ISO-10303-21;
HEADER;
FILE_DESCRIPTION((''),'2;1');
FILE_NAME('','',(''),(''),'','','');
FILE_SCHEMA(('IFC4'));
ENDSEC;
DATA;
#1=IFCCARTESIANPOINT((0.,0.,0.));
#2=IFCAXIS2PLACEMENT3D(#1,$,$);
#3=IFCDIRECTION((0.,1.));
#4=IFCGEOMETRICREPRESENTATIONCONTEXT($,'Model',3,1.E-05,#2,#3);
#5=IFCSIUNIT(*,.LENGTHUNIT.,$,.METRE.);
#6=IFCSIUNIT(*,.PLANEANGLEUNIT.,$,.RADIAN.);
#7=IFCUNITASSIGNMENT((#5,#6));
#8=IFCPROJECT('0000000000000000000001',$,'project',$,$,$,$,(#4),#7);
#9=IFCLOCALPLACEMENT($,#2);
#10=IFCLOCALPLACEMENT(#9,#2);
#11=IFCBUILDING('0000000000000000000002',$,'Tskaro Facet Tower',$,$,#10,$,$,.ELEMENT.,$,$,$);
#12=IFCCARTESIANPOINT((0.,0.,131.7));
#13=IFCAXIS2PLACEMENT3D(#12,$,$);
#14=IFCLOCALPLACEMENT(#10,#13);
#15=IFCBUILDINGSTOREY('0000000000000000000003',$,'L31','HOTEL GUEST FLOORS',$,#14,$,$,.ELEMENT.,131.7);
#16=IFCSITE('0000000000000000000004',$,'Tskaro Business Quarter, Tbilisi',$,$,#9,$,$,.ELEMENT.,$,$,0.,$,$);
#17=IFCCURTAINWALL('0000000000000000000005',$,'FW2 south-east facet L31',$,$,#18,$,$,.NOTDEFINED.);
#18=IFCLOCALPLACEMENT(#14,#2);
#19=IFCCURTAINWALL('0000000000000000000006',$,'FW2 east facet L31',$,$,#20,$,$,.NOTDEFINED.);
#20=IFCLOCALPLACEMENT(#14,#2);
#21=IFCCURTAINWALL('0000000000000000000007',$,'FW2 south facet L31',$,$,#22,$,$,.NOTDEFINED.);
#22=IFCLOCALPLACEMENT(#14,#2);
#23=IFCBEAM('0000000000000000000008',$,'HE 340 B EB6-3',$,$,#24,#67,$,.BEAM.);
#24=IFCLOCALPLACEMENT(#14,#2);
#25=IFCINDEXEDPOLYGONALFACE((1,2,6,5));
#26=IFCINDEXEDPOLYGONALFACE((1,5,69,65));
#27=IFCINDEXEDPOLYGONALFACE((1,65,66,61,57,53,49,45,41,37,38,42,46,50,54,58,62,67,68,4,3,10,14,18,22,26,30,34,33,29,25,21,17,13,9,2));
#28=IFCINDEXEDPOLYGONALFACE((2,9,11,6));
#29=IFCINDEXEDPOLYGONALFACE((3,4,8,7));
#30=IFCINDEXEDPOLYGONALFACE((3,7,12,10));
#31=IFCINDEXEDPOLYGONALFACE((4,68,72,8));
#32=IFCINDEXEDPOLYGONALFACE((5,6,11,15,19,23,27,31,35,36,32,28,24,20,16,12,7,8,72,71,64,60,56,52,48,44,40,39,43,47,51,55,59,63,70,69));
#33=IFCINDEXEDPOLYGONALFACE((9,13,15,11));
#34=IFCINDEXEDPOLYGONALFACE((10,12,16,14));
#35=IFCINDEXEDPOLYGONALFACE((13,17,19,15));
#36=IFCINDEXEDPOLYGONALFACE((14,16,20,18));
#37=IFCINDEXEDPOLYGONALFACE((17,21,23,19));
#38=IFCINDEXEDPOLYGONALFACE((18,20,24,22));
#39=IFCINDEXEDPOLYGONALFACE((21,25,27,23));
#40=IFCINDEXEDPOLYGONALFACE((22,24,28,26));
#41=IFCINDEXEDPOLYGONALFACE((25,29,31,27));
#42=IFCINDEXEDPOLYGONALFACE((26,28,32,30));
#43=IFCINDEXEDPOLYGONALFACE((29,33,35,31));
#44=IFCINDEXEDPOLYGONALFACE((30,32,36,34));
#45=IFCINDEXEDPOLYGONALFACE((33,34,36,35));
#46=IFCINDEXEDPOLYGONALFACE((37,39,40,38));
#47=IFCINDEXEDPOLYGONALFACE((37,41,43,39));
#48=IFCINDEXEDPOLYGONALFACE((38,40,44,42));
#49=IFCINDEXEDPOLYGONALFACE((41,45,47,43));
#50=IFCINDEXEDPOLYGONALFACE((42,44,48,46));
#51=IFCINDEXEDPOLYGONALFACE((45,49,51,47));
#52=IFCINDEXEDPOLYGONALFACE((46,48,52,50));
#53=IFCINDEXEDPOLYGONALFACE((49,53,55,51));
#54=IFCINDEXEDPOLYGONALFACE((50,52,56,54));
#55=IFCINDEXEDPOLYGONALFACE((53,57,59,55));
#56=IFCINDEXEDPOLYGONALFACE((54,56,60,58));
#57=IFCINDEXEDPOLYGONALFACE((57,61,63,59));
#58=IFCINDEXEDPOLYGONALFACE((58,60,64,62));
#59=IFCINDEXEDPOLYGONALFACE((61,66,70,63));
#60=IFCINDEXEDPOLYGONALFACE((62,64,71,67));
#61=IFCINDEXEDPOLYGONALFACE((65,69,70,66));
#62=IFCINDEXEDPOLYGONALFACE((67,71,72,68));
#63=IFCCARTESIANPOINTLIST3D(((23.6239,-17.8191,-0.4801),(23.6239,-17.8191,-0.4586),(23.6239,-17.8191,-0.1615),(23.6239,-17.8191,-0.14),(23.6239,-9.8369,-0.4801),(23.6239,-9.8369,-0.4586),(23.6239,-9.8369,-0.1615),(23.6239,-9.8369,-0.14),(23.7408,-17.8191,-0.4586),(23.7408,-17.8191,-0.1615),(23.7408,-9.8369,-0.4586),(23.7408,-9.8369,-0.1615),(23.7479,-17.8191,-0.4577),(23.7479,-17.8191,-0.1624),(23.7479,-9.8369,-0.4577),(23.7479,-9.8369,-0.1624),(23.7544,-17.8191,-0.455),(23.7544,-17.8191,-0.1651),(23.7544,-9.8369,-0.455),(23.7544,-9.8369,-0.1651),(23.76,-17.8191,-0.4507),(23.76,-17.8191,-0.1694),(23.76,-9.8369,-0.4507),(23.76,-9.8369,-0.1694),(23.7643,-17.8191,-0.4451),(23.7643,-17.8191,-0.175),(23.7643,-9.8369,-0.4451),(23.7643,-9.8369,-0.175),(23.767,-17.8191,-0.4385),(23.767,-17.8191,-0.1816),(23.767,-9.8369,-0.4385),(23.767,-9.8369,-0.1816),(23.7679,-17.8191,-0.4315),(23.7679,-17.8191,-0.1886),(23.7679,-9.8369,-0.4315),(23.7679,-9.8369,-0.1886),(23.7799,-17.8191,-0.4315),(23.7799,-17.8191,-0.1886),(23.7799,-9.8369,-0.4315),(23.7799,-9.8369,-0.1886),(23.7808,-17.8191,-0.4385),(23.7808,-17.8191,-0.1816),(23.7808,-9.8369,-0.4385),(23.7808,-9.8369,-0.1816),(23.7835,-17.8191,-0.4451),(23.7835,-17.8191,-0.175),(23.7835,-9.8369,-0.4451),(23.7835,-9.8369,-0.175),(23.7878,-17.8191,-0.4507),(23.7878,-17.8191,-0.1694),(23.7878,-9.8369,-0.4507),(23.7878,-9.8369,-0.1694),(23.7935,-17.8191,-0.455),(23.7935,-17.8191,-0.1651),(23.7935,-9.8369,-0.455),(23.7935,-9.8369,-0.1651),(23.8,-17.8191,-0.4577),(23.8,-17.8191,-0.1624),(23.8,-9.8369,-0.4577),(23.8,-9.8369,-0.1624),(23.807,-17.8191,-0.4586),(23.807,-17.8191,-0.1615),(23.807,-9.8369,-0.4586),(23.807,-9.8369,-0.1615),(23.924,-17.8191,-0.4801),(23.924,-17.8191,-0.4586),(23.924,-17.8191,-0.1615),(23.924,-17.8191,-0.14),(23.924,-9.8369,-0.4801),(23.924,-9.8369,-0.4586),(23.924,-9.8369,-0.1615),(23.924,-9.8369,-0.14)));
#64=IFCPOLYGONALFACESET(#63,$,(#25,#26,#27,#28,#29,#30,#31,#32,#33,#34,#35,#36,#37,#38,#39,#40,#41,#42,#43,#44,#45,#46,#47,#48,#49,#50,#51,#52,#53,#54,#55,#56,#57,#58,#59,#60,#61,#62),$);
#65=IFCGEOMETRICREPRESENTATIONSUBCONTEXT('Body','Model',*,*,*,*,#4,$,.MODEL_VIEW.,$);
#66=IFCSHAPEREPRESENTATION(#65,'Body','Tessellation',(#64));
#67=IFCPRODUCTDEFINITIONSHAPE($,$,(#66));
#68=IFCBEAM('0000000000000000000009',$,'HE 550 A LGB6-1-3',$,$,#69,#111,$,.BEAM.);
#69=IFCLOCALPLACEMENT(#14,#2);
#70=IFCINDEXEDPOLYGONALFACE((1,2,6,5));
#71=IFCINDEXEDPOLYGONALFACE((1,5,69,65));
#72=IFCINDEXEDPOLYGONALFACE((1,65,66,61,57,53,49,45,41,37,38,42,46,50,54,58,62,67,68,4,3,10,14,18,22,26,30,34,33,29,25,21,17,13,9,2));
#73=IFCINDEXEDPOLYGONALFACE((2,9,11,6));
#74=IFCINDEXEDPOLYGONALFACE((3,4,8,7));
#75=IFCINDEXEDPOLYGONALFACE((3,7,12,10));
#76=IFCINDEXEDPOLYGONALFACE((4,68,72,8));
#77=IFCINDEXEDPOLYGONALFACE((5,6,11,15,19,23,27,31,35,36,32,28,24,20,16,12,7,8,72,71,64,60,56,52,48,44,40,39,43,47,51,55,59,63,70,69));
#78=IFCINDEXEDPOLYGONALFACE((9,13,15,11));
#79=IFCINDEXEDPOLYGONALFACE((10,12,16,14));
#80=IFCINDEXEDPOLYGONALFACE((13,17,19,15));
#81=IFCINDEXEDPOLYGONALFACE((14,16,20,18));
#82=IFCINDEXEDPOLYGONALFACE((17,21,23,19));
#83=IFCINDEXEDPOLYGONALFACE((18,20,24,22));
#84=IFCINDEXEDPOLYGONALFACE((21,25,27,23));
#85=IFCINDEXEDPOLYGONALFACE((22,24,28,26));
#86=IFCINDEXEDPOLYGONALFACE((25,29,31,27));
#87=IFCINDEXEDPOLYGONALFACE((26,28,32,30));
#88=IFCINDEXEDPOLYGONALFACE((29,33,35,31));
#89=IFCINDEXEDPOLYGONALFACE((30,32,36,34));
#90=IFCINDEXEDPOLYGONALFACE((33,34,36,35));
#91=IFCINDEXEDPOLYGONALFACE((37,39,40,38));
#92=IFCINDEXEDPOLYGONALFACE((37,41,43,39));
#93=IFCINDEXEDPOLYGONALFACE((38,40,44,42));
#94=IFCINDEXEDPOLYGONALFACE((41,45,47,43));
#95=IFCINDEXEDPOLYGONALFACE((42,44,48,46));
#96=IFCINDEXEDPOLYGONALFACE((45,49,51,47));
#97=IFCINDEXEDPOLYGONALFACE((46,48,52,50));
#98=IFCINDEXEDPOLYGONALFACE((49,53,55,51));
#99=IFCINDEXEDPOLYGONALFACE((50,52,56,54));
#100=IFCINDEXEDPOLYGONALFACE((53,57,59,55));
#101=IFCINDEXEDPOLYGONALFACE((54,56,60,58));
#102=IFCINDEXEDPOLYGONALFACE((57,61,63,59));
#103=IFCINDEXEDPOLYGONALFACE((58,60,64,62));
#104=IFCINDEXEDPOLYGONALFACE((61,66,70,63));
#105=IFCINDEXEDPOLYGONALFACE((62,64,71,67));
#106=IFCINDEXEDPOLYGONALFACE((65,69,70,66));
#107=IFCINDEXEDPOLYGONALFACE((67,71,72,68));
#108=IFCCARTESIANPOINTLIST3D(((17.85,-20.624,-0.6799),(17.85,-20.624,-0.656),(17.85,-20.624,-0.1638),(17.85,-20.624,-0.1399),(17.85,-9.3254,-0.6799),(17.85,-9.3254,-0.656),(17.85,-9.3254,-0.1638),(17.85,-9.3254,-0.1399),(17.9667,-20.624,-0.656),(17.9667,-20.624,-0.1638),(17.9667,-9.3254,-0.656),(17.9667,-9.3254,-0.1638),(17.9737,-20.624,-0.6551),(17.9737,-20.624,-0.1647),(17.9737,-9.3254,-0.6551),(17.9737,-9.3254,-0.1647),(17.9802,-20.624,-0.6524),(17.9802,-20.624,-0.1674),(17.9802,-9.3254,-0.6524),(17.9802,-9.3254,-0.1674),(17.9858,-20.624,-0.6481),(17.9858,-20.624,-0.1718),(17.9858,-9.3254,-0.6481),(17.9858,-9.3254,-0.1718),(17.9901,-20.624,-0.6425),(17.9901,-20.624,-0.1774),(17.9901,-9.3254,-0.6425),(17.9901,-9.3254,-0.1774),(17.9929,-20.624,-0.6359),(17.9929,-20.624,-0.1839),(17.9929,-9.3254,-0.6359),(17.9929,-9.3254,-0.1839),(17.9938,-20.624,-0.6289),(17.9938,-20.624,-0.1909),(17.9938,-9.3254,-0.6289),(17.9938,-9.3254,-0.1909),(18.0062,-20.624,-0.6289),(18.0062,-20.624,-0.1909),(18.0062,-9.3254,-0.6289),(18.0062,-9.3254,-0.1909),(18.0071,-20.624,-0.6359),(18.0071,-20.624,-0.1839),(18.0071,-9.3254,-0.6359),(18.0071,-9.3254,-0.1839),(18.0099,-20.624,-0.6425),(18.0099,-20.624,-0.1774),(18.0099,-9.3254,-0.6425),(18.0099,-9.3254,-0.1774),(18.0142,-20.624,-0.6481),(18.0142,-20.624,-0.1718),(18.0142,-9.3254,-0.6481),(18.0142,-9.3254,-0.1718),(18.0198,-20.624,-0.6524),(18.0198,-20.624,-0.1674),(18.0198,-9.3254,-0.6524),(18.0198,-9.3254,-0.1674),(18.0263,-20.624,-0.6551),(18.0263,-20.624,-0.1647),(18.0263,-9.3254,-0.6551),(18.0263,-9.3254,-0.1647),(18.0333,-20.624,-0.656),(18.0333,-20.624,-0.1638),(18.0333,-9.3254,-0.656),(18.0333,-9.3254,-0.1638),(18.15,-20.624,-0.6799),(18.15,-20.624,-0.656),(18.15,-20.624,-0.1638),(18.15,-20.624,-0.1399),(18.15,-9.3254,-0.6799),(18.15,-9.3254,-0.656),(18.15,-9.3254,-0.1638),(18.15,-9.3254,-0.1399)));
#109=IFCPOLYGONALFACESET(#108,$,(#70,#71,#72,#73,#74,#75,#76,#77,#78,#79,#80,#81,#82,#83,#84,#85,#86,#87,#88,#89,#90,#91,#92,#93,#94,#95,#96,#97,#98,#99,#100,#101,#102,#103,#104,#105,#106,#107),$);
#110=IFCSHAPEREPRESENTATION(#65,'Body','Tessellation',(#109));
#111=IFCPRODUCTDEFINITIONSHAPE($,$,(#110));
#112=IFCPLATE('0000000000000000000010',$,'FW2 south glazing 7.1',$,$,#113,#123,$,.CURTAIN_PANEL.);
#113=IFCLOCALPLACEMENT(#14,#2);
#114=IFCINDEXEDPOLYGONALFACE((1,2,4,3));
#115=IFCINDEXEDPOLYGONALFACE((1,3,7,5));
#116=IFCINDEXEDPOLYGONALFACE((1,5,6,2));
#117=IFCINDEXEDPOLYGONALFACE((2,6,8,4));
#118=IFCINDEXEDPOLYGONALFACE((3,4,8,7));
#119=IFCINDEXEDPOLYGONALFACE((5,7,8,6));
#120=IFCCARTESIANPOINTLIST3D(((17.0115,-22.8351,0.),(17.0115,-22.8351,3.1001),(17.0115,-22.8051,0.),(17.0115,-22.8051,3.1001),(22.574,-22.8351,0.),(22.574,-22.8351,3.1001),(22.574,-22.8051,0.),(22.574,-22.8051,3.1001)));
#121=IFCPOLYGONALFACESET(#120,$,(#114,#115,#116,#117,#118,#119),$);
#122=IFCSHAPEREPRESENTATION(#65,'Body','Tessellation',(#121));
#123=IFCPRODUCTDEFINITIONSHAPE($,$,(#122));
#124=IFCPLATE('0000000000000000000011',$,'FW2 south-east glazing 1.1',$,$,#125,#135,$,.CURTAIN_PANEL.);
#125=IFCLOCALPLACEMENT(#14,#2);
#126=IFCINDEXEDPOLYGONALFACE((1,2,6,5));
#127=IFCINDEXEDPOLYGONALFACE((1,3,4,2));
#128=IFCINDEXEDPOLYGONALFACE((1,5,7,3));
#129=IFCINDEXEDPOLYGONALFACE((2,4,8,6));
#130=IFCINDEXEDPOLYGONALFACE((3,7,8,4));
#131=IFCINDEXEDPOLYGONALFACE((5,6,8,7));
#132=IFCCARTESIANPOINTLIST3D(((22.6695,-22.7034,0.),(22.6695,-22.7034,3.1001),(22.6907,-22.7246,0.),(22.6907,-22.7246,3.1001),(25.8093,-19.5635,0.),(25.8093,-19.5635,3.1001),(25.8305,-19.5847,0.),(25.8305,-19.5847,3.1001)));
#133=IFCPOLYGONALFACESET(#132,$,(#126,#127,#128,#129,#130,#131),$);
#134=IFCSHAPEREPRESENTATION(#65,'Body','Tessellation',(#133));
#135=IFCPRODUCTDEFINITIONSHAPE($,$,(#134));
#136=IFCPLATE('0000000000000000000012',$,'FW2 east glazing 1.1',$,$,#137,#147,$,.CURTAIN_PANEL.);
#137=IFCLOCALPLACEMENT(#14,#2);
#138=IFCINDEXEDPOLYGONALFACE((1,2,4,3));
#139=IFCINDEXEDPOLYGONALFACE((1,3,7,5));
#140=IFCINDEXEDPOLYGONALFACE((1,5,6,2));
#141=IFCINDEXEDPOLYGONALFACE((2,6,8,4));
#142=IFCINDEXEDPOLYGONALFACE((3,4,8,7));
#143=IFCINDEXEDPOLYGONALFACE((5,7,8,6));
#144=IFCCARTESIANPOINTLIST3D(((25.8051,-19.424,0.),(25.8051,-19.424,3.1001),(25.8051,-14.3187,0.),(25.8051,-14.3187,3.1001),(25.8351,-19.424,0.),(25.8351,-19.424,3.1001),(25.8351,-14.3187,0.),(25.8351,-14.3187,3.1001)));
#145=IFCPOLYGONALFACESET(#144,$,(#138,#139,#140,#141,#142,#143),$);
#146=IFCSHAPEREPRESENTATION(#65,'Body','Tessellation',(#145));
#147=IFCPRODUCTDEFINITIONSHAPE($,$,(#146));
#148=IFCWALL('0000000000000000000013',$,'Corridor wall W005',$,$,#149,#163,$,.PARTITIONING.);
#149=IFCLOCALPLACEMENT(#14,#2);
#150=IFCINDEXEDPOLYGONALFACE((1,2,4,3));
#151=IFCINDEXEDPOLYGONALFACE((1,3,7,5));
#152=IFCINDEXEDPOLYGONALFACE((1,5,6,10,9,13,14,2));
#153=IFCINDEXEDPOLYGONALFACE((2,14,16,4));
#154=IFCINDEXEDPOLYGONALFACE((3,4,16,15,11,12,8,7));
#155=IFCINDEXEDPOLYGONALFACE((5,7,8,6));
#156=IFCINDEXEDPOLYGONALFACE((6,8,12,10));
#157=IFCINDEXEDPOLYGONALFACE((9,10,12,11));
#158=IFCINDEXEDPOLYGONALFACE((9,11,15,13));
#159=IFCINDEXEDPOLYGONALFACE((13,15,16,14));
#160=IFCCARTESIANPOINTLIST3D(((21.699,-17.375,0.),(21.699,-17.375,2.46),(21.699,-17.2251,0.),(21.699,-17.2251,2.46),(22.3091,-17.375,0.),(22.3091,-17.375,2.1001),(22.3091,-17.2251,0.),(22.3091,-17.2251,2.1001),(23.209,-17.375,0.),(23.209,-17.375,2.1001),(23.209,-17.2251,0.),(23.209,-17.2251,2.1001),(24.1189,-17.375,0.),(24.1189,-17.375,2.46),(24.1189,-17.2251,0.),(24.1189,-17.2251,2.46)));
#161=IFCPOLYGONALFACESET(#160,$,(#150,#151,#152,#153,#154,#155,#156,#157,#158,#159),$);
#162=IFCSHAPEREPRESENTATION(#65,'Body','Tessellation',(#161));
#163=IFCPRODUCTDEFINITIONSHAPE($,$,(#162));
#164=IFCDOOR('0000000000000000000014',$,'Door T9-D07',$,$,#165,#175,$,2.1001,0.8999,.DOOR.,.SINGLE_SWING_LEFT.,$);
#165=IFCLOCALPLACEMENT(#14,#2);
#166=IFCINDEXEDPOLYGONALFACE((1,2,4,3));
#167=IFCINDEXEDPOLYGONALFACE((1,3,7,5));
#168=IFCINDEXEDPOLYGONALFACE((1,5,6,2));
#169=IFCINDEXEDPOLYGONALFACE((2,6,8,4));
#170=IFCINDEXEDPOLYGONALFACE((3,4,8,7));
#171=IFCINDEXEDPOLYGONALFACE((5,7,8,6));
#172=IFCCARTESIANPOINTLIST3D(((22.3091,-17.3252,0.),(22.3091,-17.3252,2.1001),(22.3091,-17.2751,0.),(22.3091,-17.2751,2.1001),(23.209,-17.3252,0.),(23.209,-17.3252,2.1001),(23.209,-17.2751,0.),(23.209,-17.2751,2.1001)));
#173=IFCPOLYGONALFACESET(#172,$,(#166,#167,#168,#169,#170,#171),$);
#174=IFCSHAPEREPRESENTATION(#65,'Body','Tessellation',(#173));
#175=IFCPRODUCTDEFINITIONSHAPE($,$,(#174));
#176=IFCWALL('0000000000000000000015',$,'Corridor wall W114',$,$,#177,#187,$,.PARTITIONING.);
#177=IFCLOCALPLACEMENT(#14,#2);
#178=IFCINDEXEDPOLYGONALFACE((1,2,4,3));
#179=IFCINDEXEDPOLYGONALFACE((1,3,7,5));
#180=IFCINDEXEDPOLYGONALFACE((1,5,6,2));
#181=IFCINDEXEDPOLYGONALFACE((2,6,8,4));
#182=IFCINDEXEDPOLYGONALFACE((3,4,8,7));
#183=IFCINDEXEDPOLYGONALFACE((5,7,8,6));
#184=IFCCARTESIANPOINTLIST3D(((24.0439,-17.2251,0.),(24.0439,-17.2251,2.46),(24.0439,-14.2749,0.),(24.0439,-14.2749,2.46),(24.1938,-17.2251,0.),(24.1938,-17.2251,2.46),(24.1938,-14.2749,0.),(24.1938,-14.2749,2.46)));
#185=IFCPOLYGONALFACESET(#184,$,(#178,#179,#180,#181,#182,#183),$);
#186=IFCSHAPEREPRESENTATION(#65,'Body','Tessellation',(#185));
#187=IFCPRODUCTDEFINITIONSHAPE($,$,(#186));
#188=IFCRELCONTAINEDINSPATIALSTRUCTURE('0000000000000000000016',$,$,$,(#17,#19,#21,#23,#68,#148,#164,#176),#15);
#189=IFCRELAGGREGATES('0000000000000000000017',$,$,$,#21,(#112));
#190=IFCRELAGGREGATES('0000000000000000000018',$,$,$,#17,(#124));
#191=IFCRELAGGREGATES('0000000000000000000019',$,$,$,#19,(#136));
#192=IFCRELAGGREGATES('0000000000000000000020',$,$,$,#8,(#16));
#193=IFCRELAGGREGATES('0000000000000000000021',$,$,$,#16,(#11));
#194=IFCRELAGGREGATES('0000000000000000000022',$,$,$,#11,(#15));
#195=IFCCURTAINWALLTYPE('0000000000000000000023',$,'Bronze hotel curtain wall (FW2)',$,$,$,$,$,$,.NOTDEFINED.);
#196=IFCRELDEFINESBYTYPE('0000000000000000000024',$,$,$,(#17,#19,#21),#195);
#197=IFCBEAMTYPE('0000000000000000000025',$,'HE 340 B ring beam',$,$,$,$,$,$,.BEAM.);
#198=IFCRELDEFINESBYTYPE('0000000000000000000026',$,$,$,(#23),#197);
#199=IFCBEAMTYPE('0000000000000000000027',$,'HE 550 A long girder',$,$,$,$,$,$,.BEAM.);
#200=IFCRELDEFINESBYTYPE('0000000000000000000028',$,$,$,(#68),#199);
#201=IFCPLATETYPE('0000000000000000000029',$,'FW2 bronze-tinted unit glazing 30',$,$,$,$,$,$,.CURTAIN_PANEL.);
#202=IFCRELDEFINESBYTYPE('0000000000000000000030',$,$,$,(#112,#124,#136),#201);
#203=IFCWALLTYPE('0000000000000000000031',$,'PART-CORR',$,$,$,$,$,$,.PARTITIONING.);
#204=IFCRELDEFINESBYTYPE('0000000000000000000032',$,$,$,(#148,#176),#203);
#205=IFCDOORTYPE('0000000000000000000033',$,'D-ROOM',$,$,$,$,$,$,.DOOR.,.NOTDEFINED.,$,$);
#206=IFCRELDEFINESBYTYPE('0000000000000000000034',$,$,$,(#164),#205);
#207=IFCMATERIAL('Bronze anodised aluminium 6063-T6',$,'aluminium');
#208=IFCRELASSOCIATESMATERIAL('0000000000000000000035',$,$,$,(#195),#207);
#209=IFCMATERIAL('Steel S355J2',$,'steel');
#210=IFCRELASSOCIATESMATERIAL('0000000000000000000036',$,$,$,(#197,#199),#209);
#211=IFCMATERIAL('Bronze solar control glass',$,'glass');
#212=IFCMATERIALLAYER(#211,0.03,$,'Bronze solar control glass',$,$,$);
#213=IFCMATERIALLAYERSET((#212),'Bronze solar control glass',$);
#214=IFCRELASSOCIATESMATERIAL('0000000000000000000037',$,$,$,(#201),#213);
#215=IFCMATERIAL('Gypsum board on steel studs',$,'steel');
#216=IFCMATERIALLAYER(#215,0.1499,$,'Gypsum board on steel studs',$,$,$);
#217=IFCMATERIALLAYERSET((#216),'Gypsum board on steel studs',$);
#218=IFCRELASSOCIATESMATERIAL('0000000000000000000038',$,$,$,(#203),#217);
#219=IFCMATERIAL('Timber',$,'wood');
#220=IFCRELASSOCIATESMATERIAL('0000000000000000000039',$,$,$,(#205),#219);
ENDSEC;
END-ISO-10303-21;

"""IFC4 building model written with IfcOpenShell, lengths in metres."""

from ifc_helpers import new_model, si_unit, direction, frame, frame_2d, origin, origin_2d, place, context, subcontext, project, spatial, rectangle, i_section, extrude, material, layer, layer_set, material_profile, profile_set, type_object, element, fill, aggregate, save


model = new_model("IFC4")

# Units and contexts
model_context = context("Model", 3, precision=1e-05, world=origin(), true_north=direction((0.0, 1.0)))
body_context = subcontext(model_context, "Body", "Model", "MODEL_VIEW")
ifc_project = project(units=[si_unit("LENGTHUNIT", "METRE"), si_unit("PLANEANGLEUNIT", "RADIAN")], contexts=[model_context])

# Site, building, storey
site_placement = place(None, origin())
site = spatial("IfcSite", under=ifc_project, at=site_placement, Name="Tskaro Business Quarter, Tbilisi", CompositionType="ELEMENT", RefElevation=0.0)
building_placement = place(site_placement, origin())
building = spatial("IfcBuilding", under=site, at=building_placement, Name="Tskaro Facet Tower", CompositionType="ELEMENT")
storey_placement = place(building_placement, frame((0.0, 0.0, 131.7)))
storey = spatial("IfcBuildingStorey", under=building, at=storey_placement, Name="L31", Description="HOTEL GUEST FLOORS", CompositionType="ELEMENT", Elevation=131.7)

# Curtain walls
ifc_material_1 = material(Name="Bronze anodised aluminium 6063-T6", Category="aluminium")
curtain_wall_type = type_object("IfcCurtainWallType", Name="Bronze hotel curtain wall (FW2)", PredefinedType="NOTDEFINED", material=ifc_material_1)
curtain_wall_1_placement = place(storey_placement, origin())
curtain_wall_1 = element("IfcCurtainWall", 1, at=curtain_wall_1_placement, inside=storey, type_object=curtain_wall_type, Name="FW2 south-east facet L31", PredefinedType="NOTDEFINED")
curtain_wall_2_placement = place(storey_placement, origin())
curtain_wall_2 = element("IfcCurtainWall", 2, at=curtain_wall_2_placement, inside=storey, type_object=curtain_wall_type, Name="FW2 east facet L31", PredefinedType="NOTDEFINED")
curtain_wall_3_placement = place(storey_placement, origin())
curtain_wall_3 = element("IfcCurtainWall", 3, at=curtain_wall_3_placement, inside=storey, type_object=curtain_wall_type, Name="FW2 south facet L31", PredefinedType="NOTDEFINED")

# Beams
ifc_material_2 = material(Name="Steel S355J2", Category="steel")
ifc_material_profile_1 = material_profile(ifc_material_2, i_section(OverallWidth=0.3, OverallDepth=0.3401, WebThickness=0.012, FlangeThickness=0.0215, FilletRadius=0.0271, at=origin_2d()), Name="HE 340 B")
ifc_profile_set_1 = profile_set([ifc_material_profile_1], Name="Steel S355J2")
beam_type_1 = type_object("IfcBeamType", Name="HE 340 B ring beam", PredefinedType="BEAM", material=ifc_profile_set_1)
beam_1_placement = place(storey_placement, frame((23.7739, -17.8191, -0.3101), z_axis=(0.0, 1.0, 0.0), x_axis=(-1.0, 0.0, 0.0)))
element("IfcBeam", 4, at=beam_1_placement, inside=storey, type_object=beam_type_1, Name="HE 340 B EB6-3", PredefinedType="BEAM", context=body_context, shape_type="SweptSolid", body=[
    extrude(i_section(OverallWidth=0.3, OverallDepth=0.3401, WebThickness=0.012, FlangeThickness=0.0215, FilletRadius=0.0271, at=origin_2d()), origin(), (0.0, 0.0, 1.0), 7.9822),
])
ifc_material_profile_2 = material_profile(ifc_material_2, i_section(OverallWidth=0.3, OverallDepth=0.54, WebThickness=0.0125, FlangeThickness=0.0239, FilletRadius=0.0271, at=origin_2d()), Name="HE 550 A")
ifc_profile_set_2 = profile_set([ifc_material_profile_2], Name="Steel S355J2")
beam_type_2 = type_object("IfcBeamType", Name="HE 550 A long girder", PredefinedType="BEAM", material=ifc_profile_set_2)
beam_2_placement = place(storey_placement, frame((18.0, -20.624, -0.4099), z_axis=(0.0, 1.0, 0.0), x_axis=(-1.0, 0.0, 0.0)))
element("IfcBeam", 5, at=beam_2_placement, inside=storey, type_object=beam_type_2, Name="HE 550 A LGB6-1-3", PredefinedType="BEAM", context=body_context, shape_type="SweptSolid", body=[
    extrude(i_section(OverallWidth=0.3, OverallDepth=0.54, WebThickness=0.0125, FlangeThickness=0.0239, FilletRadius=0.0271, at=origin_2d()), origin(), (0.0, 0.0, 1.0), 11.2986),
])

# Plates
ifc_material_3 = material(Name="Bronze solar control glass", Category="glass")
ifc_layer_1 = layer(ifc_material_3, 0.03, Name="Bronze solar control glass")
ifc_layer_set_1 = layer_set([ifc_layer_1], Name="Bronze solar control glass")
plate_type = type_object("IfcPlateType", Name="FW2 bronze-tinted unit glazing 30", PredefinedType="CURTAIN_PANEL", material=ifc_layer_set_1)
plate_1_placement = place(storey_placement, frame((19.7927, -22.8201, 0.0), z_axis=(0.0, 0.0, 1.0), x_axis=(1.0, 0.0, 0.0)))
plate_1 = element("IfcPlate", 6, at=plate_1_placement, type_object=plate_type, Name="FW2 south glazing 7.1", PredefinedType="CURTAIN_PANEL", context=body_context, shape_type="SweptSolid", body=[
    extrude(rectangle(XDim=5.5625, YDim=0.03, at=origin_2d()), origin(), (0.0, 0.0, 1.0), 3.1001),
])
aggregate(curtain_wall_3, [plate_1])
plate_2_placement = place(storey_placement, frame((24.25, -21.144, 0.0), z_axis=(0.0, 0.0, 1.0), x_axis=(0.707107, 0.707107, 0.0)))
plate_2 = element("IfcPlate", 7, at=plate_2_placement, type_object=plate_type, Name="FW2 south-east glazing 1.1", PredefinedType="CURTAIN_PANEL", context=body_context, shape_type="SweptSolid", body=[
    extrude(rectangle(XDim=4.4404, YDim=0.03, at=origin_2d()), origin(), (0.0, 0.0, 1.0), 3.1001),
])
aggregate(curtain_wall_1, [plate_2])
plate_3_placement = place(storey_placement, frame((25.8201, -16.8713, 0.0), z_axis=(0.0, 0.0, 1.0), x_axis=(0.0, 1.0, 0.0)))
plate_3 = element("IfcPlate", 8, at=plate_3_placement, type_object=plate_type, Name="FW2 east glazing 1.1", PredefinedType="CURTAIN_PANEL", context=body_context, shape_type="SweptSolid", body=[
    extrude(rectangle(XDim=5.1052, YDim=0.03, at=origin_2d()), origin(), (0.0, 0.0, 1.0), 3.1001),
])
aggregate(curtain_wall_2, [plate_3])

# Wall, opening, door
ifc_material_4 = material(Name="Gypsum board on steel studs", Category="steel")
ifc_layer_2 = layer(ifc_material_4, 0.1499, Name="Gypsum board on steel studs")
ifc_layer_set_2 = layer_set([ifc_layer_2], Name="Gypsum board on steel studs")
wall_type_1 = type_object("IfcWallType", Name="PART-CORR", PredefinedType="PARTITIONING", material=ifc_layer_set_2)
wall_1_placement = place(storey_placement, frame((21.699, -17.3, 0.0), z_axis=(0.0, 0.0, 1.0), x_axis=(1.0, 0.0, 0.0)))
wall_1 = element("IfcWall", 9, at=wall_1_placement, inside=storey, type_object=wall_type_1, Name="Corridor wall W005", PredefinedType="PARTITIONING", context=body_context, shape_type="SweptSolid", body=[
    extrude(rectangle(XDim=2.4199, YDim=0.1499, at=frame_2d((1.21, 0.0))), origin(), (0.0, 0.0, 1.0), 2.46),
])
opening_placement = place(wall_1_placement, frame((0.6101, 0.0, 0.0)))
opening = element("IfcOpeningElement", 10, at=opening_placement, cuts=wall_1, PredefinedType="OPENING", context=body_context, shape_type="SweptSolid", body=[
    extrude(rectangle(XDim=0.8999, YDim=2.1001, at=frame_2d((0.45, 1.05))), frame((0.0, 0.085, 0.0), z_axis=(0.0, -1.0, 0.0), x_axis=(1.0, 0.0, 0.0)), (0.0, 0.0, 1.0), 0.1699),
])
ifc_material_5 = material(Name="Timber", Category="wood")
door_type = type_object("IfcDoorType", Name="D-ROOM", OperationType="NOTDEFINED", PredefinedType="DOOR", material=ifc_material_5)
door_placement = place(opening_placement, origin())
door = element("IfcDoor", 11, at=door_placement, inside=storey, type_object=door_type, Name="Door T9-D07", OperationType="SINGLE_SWING_LEFT", OverallHeight=2.1001, OverallWidth=0.8999, PredefinedType="DOOR", context=body_context, shape_type="SweptSolid", body=[
    extrude(rectangle(XDim=0.8999, YDim=2.1001, at=frame_2d((0.45, 1.05))), frame((0.0, 0.0249, 0.0), z_axis=(0.0, -1.0, 0.0), x_axis=(1.0, 0.0, 0.0)), (0.0, 0.0, 1.0), 0.05),
])
fill(opening, door)

# Wall
wall_2_placement = place(storey_placement, frame((24.1189, -17.2251, 0.0), z_axis=(0.0, 0.0, 1.0), x_axis=(0.0, 1.0, 0.0)))
element("IfcWall", 12, at=wall_2_placement, inside=storey, type_object=wall_type_1, Name="Corridor wall W114", PredefinedType="PARTITIONING", context=body_context, shape_type="SweptSolid", body=[
    extrude(rectangle(XDim=2.9502, YDim=0.1499, at=frame_2d((1.4751, 0.0))), origin(), (0.0, 0.0, 1.0), 2.46),
])

save(model, "model.ifc")
